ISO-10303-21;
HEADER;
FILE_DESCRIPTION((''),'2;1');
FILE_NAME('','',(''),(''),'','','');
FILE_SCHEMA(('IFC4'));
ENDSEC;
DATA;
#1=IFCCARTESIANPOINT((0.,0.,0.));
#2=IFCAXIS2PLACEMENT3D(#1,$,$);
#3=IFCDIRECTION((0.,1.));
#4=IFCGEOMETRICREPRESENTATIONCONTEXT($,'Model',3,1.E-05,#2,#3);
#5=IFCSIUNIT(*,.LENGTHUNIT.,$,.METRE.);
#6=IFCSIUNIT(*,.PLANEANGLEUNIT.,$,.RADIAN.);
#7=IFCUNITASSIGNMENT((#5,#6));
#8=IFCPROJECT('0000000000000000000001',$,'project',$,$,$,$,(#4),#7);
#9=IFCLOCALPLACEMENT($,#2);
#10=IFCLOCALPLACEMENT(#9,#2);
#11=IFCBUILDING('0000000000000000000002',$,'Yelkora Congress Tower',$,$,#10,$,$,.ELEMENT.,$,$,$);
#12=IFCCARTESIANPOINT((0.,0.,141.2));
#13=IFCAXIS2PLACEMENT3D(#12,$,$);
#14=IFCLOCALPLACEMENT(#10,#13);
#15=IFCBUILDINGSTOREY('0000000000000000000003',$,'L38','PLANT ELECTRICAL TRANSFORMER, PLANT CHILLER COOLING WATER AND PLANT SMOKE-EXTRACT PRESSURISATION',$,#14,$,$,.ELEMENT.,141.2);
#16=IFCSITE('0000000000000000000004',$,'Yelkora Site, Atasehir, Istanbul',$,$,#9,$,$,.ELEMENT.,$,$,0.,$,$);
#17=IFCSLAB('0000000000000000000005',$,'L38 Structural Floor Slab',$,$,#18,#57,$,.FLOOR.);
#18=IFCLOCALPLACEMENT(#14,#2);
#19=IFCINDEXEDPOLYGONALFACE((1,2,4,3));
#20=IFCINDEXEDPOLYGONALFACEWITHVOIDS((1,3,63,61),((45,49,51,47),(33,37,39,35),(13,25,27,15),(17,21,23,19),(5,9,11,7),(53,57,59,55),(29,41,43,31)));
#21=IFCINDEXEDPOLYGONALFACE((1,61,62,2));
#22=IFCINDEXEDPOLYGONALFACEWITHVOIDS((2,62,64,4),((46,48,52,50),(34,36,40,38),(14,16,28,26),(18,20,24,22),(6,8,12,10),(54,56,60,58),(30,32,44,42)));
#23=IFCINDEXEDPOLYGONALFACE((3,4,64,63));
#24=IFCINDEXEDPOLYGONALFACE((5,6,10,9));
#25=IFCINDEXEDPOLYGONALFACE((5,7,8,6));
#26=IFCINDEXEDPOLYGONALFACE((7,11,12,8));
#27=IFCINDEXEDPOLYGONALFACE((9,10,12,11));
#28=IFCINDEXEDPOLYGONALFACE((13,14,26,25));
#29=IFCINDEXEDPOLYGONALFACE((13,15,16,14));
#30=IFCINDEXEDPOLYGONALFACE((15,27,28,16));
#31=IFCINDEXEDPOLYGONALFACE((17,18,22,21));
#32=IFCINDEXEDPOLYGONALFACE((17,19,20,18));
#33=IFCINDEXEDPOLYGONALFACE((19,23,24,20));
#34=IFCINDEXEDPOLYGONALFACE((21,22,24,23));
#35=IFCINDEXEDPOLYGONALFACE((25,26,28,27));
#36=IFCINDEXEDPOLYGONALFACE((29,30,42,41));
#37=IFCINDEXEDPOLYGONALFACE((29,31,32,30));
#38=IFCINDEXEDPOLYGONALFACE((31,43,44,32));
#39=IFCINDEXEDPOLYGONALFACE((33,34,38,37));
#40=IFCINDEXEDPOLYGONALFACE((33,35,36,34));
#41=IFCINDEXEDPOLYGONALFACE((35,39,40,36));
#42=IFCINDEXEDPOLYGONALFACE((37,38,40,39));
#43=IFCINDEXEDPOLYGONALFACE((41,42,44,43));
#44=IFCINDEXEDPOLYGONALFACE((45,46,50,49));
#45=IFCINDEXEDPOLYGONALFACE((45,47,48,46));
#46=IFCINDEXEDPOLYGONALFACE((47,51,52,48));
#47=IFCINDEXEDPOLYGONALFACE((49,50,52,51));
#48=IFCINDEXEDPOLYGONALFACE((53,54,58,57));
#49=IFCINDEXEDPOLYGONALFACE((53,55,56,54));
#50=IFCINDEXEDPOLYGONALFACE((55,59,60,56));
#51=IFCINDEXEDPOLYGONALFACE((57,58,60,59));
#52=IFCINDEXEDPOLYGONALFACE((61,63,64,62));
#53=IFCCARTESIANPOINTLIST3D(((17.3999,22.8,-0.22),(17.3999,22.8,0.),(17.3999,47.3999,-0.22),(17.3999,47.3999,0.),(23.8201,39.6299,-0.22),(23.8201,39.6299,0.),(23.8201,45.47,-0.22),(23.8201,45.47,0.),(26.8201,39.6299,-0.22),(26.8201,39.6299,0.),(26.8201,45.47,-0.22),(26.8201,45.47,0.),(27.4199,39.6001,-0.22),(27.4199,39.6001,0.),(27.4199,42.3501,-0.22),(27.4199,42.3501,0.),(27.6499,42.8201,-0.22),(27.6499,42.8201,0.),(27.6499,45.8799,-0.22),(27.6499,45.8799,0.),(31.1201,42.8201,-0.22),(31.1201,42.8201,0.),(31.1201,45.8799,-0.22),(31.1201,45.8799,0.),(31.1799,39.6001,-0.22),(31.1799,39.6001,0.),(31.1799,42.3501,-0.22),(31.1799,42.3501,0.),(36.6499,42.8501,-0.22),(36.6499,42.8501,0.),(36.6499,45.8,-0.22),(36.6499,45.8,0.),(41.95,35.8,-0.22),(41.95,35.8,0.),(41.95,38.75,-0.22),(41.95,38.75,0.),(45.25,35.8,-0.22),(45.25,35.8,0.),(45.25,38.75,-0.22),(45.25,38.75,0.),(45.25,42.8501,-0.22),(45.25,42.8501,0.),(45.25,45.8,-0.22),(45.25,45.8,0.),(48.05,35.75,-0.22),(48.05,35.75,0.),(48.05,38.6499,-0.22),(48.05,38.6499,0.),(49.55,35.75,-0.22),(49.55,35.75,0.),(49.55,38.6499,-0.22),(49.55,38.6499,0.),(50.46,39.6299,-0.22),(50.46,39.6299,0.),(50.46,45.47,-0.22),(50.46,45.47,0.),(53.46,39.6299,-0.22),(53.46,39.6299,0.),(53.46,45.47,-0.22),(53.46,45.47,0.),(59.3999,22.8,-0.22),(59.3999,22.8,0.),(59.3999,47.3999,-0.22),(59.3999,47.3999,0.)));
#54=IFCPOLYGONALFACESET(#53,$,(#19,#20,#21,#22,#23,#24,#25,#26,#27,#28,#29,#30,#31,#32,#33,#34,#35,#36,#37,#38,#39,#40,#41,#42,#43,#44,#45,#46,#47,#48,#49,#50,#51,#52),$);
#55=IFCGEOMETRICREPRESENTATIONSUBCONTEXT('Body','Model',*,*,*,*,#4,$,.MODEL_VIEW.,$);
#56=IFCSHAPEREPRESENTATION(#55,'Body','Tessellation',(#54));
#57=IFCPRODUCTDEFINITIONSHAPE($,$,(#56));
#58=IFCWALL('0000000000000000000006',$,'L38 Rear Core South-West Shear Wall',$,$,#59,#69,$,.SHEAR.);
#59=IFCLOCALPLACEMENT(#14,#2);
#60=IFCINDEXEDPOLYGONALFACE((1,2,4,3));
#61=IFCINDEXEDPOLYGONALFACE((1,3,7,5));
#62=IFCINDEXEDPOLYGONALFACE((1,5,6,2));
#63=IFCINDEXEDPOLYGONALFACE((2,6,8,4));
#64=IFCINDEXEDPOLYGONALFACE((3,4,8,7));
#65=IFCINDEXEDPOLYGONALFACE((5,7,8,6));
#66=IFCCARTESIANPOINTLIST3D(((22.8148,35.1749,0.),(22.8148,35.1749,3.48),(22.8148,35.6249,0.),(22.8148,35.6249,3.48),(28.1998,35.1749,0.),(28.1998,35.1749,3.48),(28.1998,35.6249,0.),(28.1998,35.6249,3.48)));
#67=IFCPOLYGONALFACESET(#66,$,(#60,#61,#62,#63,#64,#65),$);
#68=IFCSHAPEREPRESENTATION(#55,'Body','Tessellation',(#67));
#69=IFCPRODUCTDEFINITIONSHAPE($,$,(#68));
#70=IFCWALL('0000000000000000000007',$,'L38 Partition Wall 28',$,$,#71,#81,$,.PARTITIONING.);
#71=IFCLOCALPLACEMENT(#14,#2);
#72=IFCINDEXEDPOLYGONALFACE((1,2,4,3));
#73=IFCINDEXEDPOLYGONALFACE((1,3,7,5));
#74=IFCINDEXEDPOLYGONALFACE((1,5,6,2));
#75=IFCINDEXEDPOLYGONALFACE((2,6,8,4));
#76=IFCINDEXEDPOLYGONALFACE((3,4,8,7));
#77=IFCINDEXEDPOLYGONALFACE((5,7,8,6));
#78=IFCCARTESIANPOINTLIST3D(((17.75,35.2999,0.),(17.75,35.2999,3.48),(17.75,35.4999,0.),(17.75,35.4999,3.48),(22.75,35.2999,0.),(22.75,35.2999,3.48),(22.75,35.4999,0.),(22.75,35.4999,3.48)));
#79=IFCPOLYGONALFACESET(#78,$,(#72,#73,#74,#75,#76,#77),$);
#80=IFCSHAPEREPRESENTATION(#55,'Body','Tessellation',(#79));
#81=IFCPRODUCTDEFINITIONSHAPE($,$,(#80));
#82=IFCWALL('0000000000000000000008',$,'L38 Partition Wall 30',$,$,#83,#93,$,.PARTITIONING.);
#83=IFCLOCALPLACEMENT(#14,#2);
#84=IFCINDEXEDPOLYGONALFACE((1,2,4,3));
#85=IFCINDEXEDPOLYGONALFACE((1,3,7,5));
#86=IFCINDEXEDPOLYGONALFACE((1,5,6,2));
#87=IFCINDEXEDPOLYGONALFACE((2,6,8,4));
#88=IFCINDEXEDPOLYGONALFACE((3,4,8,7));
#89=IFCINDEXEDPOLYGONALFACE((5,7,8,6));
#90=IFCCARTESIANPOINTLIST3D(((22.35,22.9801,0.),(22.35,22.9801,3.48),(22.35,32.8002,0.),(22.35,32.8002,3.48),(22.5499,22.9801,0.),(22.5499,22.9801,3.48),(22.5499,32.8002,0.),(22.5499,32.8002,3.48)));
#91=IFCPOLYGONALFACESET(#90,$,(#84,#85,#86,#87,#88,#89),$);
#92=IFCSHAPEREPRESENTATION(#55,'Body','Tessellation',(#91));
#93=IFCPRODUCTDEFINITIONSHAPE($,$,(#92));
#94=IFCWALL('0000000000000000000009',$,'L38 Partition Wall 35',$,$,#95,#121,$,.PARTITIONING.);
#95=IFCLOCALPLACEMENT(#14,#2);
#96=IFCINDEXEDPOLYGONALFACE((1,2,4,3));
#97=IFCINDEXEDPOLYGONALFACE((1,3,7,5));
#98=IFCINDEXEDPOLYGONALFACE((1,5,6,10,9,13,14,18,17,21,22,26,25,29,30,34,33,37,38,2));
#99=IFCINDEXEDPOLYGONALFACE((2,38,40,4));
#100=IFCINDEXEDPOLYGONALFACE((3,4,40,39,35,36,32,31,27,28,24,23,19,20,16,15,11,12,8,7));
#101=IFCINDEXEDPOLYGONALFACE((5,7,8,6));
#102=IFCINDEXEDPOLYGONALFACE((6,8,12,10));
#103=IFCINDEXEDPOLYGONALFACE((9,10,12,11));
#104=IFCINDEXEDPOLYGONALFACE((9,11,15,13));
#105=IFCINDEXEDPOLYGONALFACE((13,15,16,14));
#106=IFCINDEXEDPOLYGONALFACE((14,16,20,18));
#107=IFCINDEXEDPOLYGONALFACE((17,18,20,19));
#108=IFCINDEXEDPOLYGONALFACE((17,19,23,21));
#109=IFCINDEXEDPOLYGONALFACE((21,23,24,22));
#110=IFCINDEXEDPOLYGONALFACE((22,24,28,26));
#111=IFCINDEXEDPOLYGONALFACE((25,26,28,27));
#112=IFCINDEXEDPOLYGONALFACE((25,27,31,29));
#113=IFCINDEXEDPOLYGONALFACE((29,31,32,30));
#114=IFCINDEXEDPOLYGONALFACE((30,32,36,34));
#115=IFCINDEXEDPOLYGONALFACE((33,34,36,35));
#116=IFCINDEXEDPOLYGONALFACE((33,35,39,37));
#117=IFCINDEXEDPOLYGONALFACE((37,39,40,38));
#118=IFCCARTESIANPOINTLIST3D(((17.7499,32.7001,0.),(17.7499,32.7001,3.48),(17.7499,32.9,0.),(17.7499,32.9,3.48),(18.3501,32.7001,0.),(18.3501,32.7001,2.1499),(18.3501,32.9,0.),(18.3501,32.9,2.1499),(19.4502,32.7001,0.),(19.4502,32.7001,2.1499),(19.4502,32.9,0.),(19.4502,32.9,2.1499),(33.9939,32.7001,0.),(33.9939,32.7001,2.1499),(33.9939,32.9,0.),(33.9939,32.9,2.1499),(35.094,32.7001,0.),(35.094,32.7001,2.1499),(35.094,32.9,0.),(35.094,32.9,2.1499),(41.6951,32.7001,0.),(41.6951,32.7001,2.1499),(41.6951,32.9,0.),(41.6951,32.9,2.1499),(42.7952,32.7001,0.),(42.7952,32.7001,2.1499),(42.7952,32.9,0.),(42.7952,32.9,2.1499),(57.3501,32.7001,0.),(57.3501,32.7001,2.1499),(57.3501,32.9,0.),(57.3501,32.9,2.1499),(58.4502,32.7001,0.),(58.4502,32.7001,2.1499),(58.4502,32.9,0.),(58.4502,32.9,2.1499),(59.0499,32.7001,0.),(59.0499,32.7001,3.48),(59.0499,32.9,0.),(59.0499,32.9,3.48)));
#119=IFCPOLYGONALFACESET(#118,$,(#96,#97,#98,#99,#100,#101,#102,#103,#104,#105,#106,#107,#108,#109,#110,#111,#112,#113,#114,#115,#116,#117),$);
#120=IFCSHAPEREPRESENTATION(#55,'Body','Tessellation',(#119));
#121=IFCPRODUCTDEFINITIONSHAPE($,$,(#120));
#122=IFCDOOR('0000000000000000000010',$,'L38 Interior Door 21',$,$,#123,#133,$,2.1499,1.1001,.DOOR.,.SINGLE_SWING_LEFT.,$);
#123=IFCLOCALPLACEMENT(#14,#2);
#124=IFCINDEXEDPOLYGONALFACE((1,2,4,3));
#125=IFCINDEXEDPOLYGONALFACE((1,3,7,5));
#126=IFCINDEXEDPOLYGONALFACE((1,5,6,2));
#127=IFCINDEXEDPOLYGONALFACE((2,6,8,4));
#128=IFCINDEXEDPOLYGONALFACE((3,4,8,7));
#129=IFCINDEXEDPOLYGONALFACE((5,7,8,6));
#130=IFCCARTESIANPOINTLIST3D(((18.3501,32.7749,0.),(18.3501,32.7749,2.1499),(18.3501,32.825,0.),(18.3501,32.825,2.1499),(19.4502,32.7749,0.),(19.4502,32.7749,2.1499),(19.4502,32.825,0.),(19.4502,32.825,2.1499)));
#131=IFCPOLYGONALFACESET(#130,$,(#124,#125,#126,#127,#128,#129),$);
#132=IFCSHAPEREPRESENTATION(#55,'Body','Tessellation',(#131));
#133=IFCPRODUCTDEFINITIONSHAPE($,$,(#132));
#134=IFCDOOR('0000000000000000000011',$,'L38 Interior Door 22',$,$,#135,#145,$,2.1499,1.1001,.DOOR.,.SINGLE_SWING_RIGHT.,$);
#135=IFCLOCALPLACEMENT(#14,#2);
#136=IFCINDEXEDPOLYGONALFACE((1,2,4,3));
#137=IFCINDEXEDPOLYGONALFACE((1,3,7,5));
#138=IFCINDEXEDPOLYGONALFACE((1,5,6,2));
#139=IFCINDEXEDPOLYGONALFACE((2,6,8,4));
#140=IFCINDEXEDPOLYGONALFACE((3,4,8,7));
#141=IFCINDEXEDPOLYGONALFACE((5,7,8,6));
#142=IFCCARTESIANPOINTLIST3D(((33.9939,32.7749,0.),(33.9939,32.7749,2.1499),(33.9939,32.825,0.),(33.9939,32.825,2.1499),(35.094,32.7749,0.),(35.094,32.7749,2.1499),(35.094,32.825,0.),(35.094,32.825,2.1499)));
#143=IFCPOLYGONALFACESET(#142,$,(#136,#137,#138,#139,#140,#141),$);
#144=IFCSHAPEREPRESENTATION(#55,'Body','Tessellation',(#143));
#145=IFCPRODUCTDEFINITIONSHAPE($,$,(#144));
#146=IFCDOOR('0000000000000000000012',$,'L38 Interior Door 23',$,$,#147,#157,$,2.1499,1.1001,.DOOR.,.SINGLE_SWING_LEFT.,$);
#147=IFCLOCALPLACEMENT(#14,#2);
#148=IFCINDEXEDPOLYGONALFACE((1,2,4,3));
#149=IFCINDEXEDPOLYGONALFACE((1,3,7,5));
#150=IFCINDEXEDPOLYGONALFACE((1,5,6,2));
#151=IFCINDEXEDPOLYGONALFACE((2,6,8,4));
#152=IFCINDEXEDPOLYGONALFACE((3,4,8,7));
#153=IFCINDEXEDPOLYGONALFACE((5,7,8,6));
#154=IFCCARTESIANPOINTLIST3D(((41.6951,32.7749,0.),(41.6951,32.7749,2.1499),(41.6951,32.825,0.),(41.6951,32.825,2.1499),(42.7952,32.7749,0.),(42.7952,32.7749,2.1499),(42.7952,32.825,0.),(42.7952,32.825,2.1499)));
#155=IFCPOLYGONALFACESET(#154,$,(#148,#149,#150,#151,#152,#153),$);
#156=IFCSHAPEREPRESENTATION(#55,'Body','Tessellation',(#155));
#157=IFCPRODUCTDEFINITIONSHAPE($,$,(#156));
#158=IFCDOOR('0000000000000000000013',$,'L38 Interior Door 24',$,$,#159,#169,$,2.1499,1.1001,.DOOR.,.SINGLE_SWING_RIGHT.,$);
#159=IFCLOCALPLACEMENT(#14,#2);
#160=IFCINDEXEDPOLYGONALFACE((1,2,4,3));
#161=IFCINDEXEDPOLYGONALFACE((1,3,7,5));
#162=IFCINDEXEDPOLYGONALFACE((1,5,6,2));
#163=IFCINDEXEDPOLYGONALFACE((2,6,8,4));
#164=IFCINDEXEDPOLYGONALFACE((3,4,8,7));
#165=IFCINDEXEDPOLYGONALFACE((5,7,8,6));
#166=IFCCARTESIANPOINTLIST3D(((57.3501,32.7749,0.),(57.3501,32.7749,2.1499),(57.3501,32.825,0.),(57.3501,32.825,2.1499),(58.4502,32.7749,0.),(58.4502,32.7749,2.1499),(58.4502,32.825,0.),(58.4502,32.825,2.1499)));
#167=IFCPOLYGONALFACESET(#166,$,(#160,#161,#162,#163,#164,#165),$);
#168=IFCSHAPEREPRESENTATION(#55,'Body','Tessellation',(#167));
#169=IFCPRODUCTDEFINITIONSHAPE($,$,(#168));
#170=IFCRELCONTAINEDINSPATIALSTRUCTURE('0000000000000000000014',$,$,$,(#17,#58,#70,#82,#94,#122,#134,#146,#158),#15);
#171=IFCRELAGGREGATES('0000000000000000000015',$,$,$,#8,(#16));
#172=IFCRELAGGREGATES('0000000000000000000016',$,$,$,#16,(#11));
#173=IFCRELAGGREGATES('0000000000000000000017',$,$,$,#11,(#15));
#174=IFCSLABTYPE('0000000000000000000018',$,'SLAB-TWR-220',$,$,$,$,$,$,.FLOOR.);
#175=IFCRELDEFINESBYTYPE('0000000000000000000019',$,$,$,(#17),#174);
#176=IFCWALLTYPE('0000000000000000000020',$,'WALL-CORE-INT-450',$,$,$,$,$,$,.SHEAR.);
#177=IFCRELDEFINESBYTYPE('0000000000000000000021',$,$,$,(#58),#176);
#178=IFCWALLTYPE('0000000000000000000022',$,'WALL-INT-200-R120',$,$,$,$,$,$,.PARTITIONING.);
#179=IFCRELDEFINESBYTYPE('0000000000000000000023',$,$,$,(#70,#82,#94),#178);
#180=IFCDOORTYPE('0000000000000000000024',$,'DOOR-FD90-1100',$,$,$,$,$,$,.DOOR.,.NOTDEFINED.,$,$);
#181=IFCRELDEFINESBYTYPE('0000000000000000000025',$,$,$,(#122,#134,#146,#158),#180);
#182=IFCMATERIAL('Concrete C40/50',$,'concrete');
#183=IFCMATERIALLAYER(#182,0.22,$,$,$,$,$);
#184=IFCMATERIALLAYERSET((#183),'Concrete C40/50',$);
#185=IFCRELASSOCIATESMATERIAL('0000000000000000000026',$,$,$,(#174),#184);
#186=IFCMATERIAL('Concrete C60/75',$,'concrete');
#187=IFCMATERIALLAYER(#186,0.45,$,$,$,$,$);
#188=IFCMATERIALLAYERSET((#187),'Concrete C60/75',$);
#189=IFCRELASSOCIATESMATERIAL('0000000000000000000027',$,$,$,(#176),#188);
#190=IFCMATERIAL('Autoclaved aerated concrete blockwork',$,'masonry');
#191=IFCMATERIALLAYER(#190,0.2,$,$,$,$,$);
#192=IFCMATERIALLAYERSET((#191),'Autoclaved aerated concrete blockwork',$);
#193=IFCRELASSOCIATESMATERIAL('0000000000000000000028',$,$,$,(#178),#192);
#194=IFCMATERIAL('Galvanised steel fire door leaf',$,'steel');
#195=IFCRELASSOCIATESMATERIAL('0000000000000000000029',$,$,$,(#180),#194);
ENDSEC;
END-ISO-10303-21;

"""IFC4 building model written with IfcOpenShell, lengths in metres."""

from ifc_helpers import new_model, si_unit, direction, frame, frame_2d, origin, place, context, subcontext, project, spatial, polyline, rectangle, outline, extrude, material, layer, layer_set, type_object, element, fill, save


model = new_model("IFC4")

# Units and contexts
model_context = context("Model", 3, precision=1e-05, world=origin(), true_north=direction((0.0, 1.0)))
body_context = subcontext(model_context, "Body", "Model", "MODEL_VIEW")
ifc_project = project(units=[si_unit("LENGTHUNIT", "METRE"), si_unit("PLANEANGLEUNIT", "RADIAN")], contexts=[model_context])

# Site, building, storey
site_placement = place(None, origin())
site = spatial("IfcSite", under=ifc_project, at=site_placement, Name="Yelkora Site, Atasehir, Istanbul", CompositionType="ELEMENT", RefElevation=0.0)
building_placement = place(site_placement, origin())
building = spatial("IfcBuilding", under=site, at=building_placement, Name="Yelkora Congress Tower", CompositionType="ELEMENT")
storey_placement = place(building_placement, frame((0.0, 0.0, 141.2)))
storey = spatial("IfcBuildingStorey", under=building, at=storey_placement, Name="L38", Description="PLANT ELECTRICAL TRANSFORMER, PLANT CHILLER COOLING WATER AND PLANT SMOKE-EXTRACT PRESSURISATION", CompositionType="ELEMENT", Elevation=141.2)

# Shared definitions
ifc_material_1 = material(Name="Concrete C40/50", Category="concrete")

# Slab
ifc_layer_1 = layer(ifc_material_1, 0.22)
ifc_layer_set_1 = layer_set([ifc_layer_1], Name="Concrete C40/50")
slab_type_1 = type_object("IfcSlabType", Name="SLAB-TWR-220", PredefinedType="FLOOR", material=ifc_layer_set_1)
slab_1_placement = place(storey_placement, frame((0.0, 0.0, -0.22)))
element("IfcSlab", 1, at=slab_1_placement, inside=storey, type_object=slab_type_1, Name="L38 Structural Floor Slab", PredefinedType="FLOOR", context=body_context, shape_type="SweptSolid", body=[
    extrude(outline(polyline([(17.3999, 22.8), (59.3999, 22.8), (59.3999, 47.3999), (17.3999, 47.3999), (17.3999, 22.8)]), holes=[polyline([(23.8201, 39.6299), (26.8201, 39.6299), (26.8201, 45.47), (23.8201, 45.47), (23.8201, 39.6299)]), polyline([(50.46, 39.6299), (53.46, 39.6299), (53.46, 45.47), (50.46, 45.47), (50.46, 39.6299)]), polyline([(48.05, 35.75), (49.55, 35.75), (49.55, 38.6499), (48.05, 38.6499), (48.05, 35.75)]), polyline([(36.6499, 42.8501), (45.25, 42.8501), (45.25, 45.8), (36.6499, 45.8), (36.6499, 42.8501)]), polyline([(41.95, 35.8), (45.25, 35.8), (45.25, 38.75), (41.95, 38.75), (41.95, 35.8)]), polyline([(27.4199, 39.6001), (31.1799, 39.6001), (31.1799, 42.3501), (27.4199, 42.3501), (27.4199, 39.6001)]), polyline([(27.6499, 42.8201), (31.1201, 42.8201), (31.1201, 45.8799), (27.6499, 45.8799), (27.6499, 42.8201)])]), origin(), (0.0, 0.0, 1.0), 0.22),
])

# Walls
ifc_material_2 = material(Name="Concrete C60/75", Category="concrete")
ifc_layer_2 = layer(ifc_material_2, 0.45)
ifc_layer_set_2 = layer_set([ifc_layer_2], Name="Concrete C60/75")
wall_type_1 = type_object("IfcWallType", Name="WALL-CORE-INT-450", PredefinedType="SHEAR", material=ifc_layer_set_2)
wall_1_placement = place(storey_placement, frame((22.8149, 35.3999, 0.0), z_axis=(0.0, 0.0, 1.0), x_axis=(1.0, 0.0, 0.0)))
element("IfcWall", 2, at=wall_1_placement, inside=storey, type_object=wall_type_1, Name="L38 Rear Core South-West Shear Wall", PredefinedType="SHEAR", context=body_context, shape_type="SweptSolid", body=[
    extrude(rectangle(XDim=5.385, YDim=0.45, at=frame_2d((2.6924, 0.0))), origin(), (0.0, 0.0, 1.0), 3.48),
])
ifc_material_3 = material(Name="Autoclaved aerated concrete blockwork", Category="masonry")
ifc_layer_3 = layer(ifc_material_3, 0.2)
ifc_layer_set_3 = layer_set([ifc_layer_3], Name="Autoclaved aerated concrete blockwork")
wall_type_2 = type_object("IfcWallType", Name="WALL-INT-200-R120", PredefinedType="PARTITIONING", material=ifc_layer_set_3)
wall_2_placement = place(storey_placement, frame((17.75, 35.3999, 0.0), z_axis=(0.0, 0.0, 1.0), x_axis=(1.0, 0.0, 0.0)))
element("IfcWall", 3, at=wall_2_placement, inside=storey, type_object=wall_type_2, Name="L38 Partition Wall 28", PredefinedType="PARTITIONING", context=body_context, shape_type="SweptSolid", body=[
    extrude(rectangle(XDim=5.0, YDim=0.2, at=frame_2d((2.5, 0.0))), origin(), (0.0, 0.0, 1.0), 3.48),
])
wall_3_placement = place(storey_placement, frame((22.45, 22.98, 0.0), z_axis=(0.0, 0.0, 1.0), x_axis=(0.0, 1.0, 0.0)))
element("IfcWall", 4, at=wall_3_placement, inside=storey, type_object=wall_type_2, Name="L38 Partition Wall 30", PredefinedType="PARTITIONING", context=body_context, shape_type="SweptSolid", body=[
    extrude(rectangle(XDim=9.8201, YDim=0.2, at=frame_2d((4.9102, 0.0))), origin(), (0.0, 0.0, 1.0), 3.48),
])

# Wall, openings, doors
wall_4_placement = place(storey_placement, frame((17.75, 32.8, 0.0), z_axis=(0.0, 0.0, 1.0), x_axis=(1.0, 0.0, 0.0)))
wall_4 = element("IfcWall", 5, at=wall_4_placement, inside=storey, type_object=wall_type_2, Name="L38 Partition Wall 35", PredefinedType="PARTITIONING", context=body_context, shape_type="SweptSolid", body=[
    extrude(rectangle(XDim=41.3, YDim=0.2, at=frame_2d((20.6499, 0.0))), origin(), (0.0, 0.0, 1.0), 3.48),
])
opening_1_placement = place(wall_4_placement, frame((0.6001, 0.0, 0.0)))
opening_1 = element("IfcOpeningElement", 6, at=opening_1_placement, cuts=wall_4, PredefinedType="OPENING", context=body_context, shape_type="SweptSolid", body=[
    extrude(rectangle(XDim=1.1001, YDim=2.1499, at=frame_2d((0.55, 1.075))), frame((0.0, 0.1099, 0.0), z_axis=(0.0, -1.0, 0.0), x_axis=(1.0, 0.0, 0.0)), (0.0, 0.0, 1.0), 0.22),
])
opening_2_placement = place(wall_4_placement, frame((16.2439, 0.0, 0.0)))
opening_2 = element("IfcOpeningElement", 7, at=opening_2_placement, cuts=wall_4, PredefinedType="OPENING", context=body_context, shape_type="SweptSolid", body=[
    extrude(rectangle(XDim=1.1001, YDim=2.1499, at=frame_2d((0.55, 1.075))), frame((0.0, 0.1099, 0.0), z_axis=(0.0, -1.0, 0.0), x_axis=(1.0, 0.0, 0.0)), (0.0, 0.0, 1.0), 0.22),
])
opening_3_placement = place(wall_4_placement, frame((23.9451, 0.0, 0.0)))
opening_3 = element("IfcOpeningElement", 8, at=opening_3_placement, cuts=wall_4, PredefinedType="OPENING", context=body_context, shape_type="SweptSolid", body=[
    extrude(rectangle(XDim=1.1001, YDim=2.1499, at=frame_2d((0.55, 1.075))), frame((0.0, 0.1099, 0.0), z_axis=(0.0, -1.0, 0.0), x_axis=(1.0, 0.0, 0.0)), (0.0, 0.0, 1.0), 0.22),
])
opening_4_placement = place(wall_4_placement, frame((39.6001, 0.0, 0.0)))
opening_4 = element("IfcOpeningElement", 9, at=opening_4_placement, cuts=wall_4, PredefinedType="OPENING", context=body_context, shape_type="SweptSolid", body=[
    extrude(rectangle(XDim=1.1001, YDim=2.1499, at=frame_2d((0.55, 1.075))), frame((0.0, 0.1099, 0.0), z_axis=(0.0, -1.0, 0.0), x_axis=(1.0, 0.0, 0.0)), (0.0, 0.0, 1.0), 0.22),
])
ifc_material_4 = material(Name="Galvanised steel fire door leaf", Category="steel")
door_type = type_object("IfcDoorType", Name="DOOR-FD90-1100", OperationType="NOTDEFINED", PredefinedType="DOOR", material=ifc_material_4)
door_1_placement = place(opening_1_placement, origin())
door_1 = element("IfcDoor", 10, at=door_1_placement, inside=storey, type_object=door_type, Name="L38 Interior Door 21", OperationType="SINGLE_SWING_LEFT", OverallHeight=2.1499, OverallWidth=1.1001, PredefinedType="DOOR", context=body_context, shape_type="SweptSolid", body=[
    extrude(rectangle(XDim=1.1001, YDim=2.1499, at=frame_2d((0.55, 1.075))), frame((0.0, 0.0249, 0.0), z_axis=(0.0, -1.0, 0.0), x_axis=(1.0, 0.0, 0.0)), (0.0, 0.0, 1.0), 0.05),
])
fill(opening_1, door_1)
door_2_placement = place(opening_2_placement, origin())
door_2 = element("IfcDoor", 11, at=door_2_placement, inside=storey, type_object=door_type, Name="L38 Interior Door 22", OperationType="SINGLE_SWING_RIGHT", OverallHeight=2.1499, OverallWidth=1.1001, PredefinedType="DOOR", context=body_context, shape_type="SweptSolid", body=[
    extrude(rectangle(XDim=1.1001, YDim=2.1499, at=frame_2d((0.55, 1.075))), frame((0.0, 0.0249, 0.0), z_axis=(0.0, -1.0, 0.0), x_axis=(1.0, 0.0, 0.0)), (0.0, 0.0, 1.0), 0.05),
])
fill(opening_2, door_2)
door_3_placement = place(opening_3_placement, origin())
door_3 = element("IfcDoor", 12, at=door_3_placement, inside=storey, type_object=door_type, Name="L38 Interior Door 23", OperationType="SINGLE_SWING_LEFT", OverallHeight=2.1499, OverallWidth=1.1001, PredefinedType="DOOR", context=body_context, shape_type="SweptSolid", body=[
    extrude(rectangle(XDim=1.1001, YDim=2.1499, at=frame_2d((0.55, 1.075))), frame((0.0, 0.0249, 0.0), z_axis=(0.0, -1.0, 0.0), x_axis=(1.0, 0.0, 0.0)), (0.0, 0.0, 1.0), 0.05),
])
fill(opening_3, door_3)
door_4_placement = place(opening_4_placement, origin())
door_4 = element("IfcDoor", 13, at=door_4_placement, inside=storey, type_object=door_type, Name="L38 Interior Door 24", OperationType="SINGLE_SWING_RIGHT", OverallHeight=2.1499, OverallWidth=1.1001, PredefinedType="DOOR", context=body_context, shape_type="SweptSolid", body=[
    extrude(rectangle(XDim=1.1001, YDim=2.1499, at=frame_2d((0.55, 1.075))), frame((0.0, 0.0249, 0.0), z_axis=(0.0, -1.0, 0.0), x_axis=(1.0, 0.0, 0.0)), (0.0, 0.0, 1.0), 0.05),
])
fill(opening_4, door_4)

save(model, "model.ifc")
